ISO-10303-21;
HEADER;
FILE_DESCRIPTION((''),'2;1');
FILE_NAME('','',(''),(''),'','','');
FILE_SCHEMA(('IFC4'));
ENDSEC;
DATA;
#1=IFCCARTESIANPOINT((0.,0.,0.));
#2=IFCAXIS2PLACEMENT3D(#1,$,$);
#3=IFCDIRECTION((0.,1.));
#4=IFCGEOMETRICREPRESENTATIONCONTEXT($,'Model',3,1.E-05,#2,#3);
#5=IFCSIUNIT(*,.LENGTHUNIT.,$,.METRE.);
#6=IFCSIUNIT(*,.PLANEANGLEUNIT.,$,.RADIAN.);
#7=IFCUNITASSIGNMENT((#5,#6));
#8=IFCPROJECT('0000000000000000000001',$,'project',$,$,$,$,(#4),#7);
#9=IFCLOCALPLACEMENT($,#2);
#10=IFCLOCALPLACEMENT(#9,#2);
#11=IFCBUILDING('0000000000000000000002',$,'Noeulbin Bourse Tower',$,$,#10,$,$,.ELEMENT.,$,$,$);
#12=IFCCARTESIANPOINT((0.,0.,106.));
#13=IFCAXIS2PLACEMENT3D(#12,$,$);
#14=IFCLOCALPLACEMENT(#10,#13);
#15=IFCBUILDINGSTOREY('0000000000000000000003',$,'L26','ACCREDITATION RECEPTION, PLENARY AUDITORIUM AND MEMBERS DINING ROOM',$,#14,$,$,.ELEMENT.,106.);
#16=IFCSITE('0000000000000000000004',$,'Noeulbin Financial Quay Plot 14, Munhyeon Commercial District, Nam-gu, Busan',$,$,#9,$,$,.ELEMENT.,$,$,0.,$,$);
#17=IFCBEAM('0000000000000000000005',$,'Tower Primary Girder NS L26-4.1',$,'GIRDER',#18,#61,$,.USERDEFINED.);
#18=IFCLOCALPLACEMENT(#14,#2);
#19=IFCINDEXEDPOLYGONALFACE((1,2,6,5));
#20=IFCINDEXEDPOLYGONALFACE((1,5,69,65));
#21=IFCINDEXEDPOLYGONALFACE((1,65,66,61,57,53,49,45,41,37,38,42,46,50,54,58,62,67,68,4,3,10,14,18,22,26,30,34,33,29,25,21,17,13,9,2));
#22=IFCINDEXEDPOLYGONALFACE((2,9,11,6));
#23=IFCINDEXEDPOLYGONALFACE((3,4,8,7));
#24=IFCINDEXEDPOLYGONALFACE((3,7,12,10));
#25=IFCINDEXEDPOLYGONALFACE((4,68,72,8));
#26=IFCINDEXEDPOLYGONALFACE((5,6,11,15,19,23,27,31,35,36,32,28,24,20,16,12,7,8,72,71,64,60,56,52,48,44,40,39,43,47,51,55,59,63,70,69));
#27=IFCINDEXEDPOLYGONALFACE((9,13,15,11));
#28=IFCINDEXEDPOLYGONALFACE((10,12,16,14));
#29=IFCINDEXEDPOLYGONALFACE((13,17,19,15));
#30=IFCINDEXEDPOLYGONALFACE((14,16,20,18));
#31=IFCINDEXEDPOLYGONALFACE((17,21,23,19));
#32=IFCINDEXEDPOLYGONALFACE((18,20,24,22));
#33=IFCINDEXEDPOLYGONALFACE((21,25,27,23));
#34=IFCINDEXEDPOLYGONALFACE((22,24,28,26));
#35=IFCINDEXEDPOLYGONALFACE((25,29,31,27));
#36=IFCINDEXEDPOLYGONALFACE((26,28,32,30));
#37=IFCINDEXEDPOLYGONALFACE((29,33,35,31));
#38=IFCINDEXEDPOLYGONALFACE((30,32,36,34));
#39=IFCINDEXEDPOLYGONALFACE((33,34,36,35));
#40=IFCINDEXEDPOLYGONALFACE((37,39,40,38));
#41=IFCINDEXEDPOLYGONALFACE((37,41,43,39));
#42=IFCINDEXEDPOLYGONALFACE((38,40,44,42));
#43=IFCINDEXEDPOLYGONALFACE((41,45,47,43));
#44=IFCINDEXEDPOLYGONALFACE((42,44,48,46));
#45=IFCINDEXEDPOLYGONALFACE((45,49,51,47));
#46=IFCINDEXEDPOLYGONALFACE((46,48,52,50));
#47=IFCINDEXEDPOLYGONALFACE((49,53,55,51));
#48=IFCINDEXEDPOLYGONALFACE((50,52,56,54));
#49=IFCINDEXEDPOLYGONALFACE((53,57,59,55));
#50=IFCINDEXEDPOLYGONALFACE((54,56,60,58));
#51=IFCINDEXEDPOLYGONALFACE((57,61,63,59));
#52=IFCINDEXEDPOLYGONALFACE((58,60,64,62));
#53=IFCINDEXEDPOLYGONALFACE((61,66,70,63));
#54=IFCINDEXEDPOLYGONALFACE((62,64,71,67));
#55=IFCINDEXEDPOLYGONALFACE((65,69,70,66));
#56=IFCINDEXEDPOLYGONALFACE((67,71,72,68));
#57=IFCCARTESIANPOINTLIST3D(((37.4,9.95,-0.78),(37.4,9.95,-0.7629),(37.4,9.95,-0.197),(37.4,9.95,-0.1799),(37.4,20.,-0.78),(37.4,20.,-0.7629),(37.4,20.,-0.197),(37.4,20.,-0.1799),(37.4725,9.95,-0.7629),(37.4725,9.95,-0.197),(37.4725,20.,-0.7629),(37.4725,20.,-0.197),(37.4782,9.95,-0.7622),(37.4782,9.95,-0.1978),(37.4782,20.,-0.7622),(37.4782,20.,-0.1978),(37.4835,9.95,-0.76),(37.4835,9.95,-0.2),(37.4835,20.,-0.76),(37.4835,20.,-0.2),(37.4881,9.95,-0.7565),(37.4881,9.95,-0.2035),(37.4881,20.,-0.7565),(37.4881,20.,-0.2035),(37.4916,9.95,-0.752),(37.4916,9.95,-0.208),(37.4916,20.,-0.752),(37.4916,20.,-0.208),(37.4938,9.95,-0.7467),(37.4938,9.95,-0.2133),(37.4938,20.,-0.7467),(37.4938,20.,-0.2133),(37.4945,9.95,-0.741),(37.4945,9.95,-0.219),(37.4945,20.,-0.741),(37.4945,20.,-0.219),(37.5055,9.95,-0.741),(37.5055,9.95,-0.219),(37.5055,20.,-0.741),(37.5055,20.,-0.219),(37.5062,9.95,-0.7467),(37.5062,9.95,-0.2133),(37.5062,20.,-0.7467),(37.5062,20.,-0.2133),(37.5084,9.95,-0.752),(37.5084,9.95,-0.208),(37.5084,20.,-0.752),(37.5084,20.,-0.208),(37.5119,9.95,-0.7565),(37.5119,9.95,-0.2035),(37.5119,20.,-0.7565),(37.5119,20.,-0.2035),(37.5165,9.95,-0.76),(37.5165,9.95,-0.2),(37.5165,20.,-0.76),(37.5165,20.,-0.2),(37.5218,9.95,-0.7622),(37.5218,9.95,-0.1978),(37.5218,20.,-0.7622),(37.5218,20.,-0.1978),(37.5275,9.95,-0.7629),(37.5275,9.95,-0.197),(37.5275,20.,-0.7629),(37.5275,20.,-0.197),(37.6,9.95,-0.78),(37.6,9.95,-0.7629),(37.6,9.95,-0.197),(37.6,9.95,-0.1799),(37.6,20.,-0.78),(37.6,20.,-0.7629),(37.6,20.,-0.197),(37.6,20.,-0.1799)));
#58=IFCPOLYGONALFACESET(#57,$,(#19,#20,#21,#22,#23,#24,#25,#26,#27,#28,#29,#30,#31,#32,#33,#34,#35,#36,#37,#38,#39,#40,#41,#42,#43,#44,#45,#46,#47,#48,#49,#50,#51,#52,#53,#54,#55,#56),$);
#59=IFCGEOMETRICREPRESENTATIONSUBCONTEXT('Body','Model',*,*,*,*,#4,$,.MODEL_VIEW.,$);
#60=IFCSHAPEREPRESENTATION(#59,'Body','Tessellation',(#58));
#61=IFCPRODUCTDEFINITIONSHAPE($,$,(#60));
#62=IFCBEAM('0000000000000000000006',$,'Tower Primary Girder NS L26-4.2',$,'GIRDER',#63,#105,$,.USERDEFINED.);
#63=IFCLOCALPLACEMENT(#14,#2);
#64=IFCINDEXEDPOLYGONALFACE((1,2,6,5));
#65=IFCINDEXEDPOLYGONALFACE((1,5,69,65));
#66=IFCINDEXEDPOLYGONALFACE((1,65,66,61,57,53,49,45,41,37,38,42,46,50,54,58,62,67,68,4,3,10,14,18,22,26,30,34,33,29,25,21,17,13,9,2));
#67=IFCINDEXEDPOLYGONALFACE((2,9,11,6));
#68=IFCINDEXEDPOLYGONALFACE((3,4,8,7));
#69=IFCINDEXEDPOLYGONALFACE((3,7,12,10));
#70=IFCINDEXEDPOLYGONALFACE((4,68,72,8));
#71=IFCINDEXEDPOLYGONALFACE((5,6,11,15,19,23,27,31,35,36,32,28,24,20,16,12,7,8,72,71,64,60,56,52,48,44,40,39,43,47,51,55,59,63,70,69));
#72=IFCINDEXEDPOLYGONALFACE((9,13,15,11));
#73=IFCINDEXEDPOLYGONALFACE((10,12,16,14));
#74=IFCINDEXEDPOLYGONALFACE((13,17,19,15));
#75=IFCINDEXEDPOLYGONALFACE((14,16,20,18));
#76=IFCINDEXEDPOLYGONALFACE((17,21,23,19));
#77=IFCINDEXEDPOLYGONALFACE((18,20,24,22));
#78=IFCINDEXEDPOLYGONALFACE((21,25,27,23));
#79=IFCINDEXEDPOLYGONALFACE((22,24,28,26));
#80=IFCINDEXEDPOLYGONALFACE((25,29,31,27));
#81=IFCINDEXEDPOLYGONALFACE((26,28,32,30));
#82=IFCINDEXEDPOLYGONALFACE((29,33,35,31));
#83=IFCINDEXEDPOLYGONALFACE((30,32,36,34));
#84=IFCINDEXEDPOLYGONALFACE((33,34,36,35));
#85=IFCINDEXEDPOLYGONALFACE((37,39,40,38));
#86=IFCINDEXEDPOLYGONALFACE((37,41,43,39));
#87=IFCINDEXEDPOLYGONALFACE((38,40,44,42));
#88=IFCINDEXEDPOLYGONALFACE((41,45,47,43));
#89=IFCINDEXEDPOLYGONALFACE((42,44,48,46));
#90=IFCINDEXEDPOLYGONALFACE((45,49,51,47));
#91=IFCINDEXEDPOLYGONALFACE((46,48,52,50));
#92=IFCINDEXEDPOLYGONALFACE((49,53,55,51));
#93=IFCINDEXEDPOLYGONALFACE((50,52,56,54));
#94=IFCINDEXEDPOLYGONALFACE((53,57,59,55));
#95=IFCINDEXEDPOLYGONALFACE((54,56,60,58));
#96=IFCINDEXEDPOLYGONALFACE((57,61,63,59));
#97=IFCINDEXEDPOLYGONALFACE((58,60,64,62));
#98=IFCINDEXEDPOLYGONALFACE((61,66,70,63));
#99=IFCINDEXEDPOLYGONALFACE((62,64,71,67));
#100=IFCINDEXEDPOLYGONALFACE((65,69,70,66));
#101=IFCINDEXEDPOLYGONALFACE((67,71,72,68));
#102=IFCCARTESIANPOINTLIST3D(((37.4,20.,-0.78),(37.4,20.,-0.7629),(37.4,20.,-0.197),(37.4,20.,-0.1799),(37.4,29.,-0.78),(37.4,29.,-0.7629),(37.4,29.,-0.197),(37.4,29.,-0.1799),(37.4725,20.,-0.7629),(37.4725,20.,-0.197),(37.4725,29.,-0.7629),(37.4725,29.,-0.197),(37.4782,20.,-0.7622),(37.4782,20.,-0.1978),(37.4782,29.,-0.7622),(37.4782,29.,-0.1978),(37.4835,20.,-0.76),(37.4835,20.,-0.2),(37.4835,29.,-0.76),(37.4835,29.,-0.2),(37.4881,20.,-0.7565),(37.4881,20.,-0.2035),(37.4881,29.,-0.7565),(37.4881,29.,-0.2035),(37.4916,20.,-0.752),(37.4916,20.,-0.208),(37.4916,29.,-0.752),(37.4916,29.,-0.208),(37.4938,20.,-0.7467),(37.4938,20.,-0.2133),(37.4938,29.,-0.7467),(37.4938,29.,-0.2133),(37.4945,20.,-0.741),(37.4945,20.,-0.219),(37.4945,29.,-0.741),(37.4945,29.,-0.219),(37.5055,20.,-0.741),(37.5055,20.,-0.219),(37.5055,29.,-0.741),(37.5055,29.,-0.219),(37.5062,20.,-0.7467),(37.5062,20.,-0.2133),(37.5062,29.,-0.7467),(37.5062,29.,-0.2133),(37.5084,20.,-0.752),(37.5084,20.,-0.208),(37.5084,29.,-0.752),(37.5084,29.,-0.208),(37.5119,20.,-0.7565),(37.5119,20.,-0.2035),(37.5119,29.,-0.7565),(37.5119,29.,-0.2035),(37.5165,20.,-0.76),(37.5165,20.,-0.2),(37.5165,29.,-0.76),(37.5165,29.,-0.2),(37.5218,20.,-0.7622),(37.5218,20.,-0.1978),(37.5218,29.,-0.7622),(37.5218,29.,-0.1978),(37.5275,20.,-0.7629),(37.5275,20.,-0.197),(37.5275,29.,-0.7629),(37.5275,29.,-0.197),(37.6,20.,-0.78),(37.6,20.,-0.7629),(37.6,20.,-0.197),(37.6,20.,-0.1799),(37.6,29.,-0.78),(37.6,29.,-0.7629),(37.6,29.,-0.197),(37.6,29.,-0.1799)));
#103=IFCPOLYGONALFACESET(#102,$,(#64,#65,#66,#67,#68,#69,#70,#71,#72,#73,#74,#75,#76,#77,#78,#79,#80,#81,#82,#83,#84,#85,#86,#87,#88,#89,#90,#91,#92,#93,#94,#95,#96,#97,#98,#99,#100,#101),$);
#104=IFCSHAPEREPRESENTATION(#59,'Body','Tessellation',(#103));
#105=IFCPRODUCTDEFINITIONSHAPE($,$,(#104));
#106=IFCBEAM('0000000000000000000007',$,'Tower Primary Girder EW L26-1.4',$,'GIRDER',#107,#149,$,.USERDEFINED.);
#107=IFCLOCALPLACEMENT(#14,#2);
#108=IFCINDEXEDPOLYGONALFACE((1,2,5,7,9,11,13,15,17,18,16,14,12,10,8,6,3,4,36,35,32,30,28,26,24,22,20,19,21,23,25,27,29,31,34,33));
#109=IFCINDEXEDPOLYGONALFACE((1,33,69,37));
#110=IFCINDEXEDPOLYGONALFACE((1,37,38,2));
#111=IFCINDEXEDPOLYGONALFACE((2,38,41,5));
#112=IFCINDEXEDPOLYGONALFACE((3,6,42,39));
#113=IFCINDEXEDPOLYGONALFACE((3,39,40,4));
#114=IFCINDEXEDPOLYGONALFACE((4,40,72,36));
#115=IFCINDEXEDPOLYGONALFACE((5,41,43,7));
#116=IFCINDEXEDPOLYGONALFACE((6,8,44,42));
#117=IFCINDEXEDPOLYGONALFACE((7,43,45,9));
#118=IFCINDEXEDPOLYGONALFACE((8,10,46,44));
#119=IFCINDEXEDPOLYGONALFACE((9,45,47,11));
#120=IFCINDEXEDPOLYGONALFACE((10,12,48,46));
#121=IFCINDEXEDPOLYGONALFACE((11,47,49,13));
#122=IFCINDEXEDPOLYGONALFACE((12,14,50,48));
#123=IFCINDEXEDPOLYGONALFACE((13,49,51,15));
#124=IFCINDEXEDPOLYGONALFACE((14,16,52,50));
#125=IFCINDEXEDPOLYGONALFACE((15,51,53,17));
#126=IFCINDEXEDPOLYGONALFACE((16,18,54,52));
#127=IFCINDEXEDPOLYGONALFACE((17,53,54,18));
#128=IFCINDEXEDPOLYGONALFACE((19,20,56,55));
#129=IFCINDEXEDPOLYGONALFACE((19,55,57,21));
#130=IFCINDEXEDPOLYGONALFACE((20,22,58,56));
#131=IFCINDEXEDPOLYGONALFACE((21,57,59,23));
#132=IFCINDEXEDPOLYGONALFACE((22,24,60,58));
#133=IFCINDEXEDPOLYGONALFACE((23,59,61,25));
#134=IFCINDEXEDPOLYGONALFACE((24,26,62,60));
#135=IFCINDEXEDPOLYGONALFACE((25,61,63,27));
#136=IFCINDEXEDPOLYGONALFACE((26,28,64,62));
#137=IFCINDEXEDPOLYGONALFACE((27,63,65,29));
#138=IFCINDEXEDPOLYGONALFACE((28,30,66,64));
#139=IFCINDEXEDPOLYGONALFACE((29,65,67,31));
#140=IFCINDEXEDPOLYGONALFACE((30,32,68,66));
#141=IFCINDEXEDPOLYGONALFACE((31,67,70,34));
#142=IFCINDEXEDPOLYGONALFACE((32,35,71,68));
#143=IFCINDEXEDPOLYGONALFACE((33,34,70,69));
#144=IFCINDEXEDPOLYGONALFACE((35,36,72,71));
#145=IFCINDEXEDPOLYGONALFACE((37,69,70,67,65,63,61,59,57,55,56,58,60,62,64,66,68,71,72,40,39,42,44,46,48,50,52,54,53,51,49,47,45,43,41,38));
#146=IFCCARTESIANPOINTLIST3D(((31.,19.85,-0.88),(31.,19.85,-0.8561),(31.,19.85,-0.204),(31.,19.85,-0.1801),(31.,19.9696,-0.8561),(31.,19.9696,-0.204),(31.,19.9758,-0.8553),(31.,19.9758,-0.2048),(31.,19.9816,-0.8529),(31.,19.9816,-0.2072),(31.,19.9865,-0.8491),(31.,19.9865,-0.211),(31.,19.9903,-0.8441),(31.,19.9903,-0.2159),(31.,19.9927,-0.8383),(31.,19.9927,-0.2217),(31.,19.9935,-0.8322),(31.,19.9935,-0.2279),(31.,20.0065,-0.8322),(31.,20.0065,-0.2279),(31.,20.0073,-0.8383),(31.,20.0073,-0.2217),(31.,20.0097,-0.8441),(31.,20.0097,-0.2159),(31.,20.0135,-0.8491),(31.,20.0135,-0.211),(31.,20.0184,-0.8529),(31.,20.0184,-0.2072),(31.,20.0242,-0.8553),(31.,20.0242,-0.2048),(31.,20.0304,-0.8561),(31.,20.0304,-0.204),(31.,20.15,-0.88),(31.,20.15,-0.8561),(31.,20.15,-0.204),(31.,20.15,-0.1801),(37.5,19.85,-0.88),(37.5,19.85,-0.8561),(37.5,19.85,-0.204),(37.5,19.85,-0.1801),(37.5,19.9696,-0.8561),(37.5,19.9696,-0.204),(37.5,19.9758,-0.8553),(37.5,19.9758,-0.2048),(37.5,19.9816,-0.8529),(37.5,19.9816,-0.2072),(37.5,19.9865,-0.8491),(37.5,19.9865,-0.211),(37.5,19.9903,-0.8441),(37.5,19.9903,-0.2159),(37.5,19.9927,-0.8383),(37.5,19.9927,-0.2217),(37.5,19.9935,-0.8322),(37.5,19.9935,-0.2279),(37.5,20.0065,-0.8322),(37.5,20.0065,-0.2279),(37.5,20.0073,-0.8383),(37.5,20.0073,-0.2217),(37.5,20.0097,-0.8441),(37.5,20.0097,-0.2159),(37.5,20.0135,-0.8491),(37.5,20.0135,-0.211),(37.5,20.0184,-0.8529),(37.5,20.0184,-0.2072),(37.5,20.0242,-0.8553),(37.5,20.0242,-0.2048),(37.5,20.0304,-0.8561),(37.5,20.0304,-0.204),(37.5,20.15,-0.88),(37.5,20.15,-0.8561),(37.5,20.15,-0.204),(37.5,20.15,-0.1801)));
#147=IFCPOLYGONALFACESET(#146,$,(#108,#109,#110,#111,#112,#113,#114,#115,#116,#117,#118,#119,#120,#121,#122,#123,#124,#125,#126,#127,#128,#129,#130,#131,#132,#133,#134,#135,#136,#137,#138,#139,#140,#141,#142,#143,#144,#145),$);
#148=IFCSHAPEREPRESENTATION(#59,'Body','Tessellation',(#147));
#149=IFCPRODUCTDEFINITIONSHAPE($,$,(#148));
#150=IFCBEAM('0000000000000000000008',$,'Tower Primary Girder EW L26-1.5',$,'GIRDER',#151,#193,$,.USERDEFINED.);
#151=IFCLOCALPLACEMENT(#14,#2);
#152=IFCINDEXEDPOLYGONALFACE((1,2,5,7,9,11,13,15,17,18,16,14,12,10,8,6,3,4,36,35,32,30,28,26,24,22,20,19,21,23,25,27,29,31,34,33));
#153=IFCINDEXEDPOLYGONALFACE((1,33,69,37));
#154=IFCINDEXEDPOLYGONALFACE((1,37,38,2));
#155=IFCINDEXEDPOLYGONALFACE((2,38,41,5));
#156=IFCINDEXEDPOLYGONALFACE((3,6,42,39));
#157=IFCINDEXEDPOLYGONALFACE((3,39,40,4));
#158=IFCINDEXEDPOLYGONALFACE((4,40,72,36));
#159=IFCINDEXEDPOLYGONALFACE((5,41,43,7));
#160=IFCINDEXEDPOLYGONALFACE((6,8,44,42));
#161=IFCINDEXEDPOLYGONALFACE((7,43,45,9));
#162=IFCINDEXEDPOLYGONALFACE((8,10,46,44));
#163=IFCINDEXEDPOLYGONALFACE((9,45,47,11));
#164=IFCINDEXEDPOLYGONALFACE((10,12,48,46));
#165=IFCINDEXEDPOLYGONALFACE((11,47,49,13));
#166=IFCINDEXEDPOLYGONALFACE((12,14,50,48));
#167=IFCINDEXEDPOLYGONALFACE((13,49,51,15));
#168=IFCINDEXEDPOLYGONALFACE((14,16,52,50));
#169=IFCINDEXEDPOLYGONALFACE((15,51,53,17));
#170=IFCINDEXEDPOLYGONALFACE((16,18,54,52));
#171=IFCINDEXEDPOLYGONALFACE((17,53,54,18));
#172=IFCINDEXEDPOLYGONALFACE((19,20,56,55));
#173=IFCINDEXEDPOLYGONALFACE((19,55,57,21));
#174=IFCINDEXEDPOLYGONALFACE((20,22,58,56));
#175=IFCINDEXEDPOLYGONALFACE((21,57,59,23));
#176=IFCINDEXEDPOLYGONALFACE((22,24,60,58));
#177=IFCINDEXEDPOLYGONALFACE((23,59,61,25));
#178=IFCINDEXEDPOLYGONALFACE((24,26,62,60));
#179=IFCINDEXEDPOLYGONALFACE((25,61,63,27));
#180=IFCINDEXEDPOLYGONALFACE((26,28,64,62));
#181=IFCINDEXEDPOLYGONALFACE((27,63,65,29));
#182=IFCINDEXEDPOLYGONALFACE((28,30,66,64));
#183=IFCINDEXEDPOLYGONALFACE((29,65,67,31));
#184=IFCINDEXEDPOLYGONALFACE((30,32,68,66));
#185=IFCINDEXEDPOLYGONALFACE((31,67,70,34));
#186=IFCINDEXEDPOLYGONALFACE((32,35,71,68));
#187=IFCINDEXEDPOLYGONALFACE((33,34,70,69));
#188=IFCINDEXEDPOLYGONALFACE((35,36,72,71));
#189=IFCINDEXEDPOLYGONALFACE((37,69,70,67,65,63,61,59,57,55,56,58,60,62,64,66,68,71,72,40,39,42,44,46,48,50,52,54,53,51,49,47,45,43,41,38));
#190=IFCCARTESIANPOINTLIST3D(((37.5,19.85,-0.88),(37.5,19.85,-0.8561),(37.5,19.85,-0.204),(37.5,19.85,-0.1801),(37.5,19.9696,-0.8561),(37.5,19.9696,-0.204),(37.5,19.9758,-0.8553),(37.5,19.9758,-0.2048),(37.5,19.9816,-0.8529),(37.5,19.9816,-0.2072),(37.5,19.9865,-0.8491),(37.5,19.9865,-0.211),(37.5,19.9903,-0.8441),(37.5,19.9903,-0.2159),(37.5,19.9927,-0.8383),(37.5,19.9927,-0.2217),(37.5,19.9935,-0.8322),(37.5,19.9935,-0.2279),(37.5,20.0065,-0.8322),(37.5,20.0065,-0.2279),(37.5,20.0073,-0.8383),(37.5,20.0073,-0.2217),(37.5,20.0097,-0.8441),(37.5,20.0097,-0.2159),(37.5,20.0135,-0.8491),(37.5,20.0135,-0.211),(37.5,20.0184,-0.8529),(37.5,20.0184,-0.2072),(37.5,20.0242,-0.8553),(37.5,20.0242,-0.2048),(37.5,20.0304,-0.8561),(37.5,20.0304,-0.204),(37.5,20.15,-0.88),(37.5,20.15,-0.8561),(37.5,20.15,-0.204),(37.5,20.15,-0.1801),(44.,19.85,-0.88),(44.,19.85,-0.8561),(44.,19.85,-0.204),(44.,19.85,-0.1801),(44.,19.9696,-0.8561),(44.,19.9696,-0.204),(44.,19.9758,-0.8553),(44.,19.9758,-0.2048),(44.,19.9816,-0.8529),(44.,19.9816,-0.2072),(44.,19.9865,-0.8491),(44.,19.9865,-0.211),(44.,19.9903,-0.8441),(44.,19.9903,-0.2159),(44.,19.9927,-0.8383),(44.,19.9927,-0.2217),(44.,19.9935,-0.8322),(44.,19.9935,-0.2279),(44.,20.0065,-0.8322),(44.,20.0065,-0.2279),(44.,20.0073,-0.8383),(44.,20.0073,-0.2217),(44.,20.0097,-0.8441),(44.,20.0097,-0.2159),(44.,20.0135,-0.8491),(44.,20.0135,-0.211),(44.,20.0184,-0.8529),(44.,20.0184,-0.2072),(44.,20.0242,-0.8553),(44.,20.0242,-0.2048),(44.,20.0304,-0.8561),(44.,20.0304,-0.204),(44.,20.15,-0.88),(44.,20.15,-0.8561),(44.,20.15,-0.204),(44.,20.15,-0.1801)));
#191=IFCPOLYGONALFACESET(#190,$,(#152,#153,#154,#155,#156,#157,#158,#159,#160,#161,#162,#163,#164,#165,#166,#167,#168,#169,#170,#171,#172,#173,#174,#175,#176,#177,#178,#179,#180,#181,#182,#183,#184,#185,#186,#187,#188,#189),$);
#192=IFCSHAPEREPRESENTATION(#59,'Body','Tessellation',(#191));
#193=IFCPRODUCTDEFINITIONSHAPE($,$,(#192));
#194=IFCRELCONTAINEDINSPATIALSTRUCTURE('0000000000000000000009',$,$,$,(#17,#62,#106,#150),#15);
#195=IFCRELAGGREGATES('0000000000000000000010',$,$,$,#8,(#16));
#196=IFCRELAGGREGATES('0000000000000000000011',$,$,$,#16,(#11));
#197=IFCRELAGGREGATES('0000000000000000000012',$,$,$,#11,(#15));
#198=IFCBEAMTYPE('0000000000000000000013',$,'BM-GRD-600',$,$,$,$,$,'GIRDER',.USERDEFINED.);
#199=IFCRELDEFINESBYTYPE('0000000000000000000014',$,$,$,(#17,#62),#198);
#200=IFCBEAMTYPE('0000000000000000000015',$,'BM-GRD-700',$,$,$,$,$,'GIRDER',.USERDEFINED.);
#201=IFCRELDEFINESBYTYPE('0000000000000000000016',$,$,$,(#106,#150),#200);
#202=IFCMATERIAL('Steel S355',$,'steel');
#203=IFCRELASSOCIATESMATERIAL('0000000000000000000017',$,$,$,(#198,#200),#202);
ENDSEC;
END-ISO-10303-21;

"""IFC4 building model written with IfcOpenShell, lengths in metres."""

from ifc_helpers import new_model, si_unit, direction, frame, origin, origin_2d, place, context, subcontext, project, spatial, i_section, extrude, material, material_profile, profile_set, type_object, element, save


model = new_model("IFC4")

# Units and contexts
model_context = context("Model", 3, precision=1e-05, world=origin(), true_north=direction((0.0, 1.0)))
body_context = subcontext(model_context, "Body", "Model", "MODEL_VIEW")
ifc_project = project(units=[si_unit("LENGTHUNIT", "METRE"), si_unit("PLANEANGLEUNIT", "RADIAN")], contexts=[model_context])

# Site, building, storey
site_placement = place(None, origin())
site = spatial("IfcSite", under=ifc_project, at=site_placement, Name="Noeulbin Financial Quay Plot 14, Munhyeon Commercial District, Nam-gu, Busan", CompositionType="ELEMENT", RefElevation=0.0)
building_placement = place(site_placement, origin())
building = spatial("IfcBuilding", under=site, at=building_placement, Name="Noeulbin Bourse Tower", CompositionType="ELEMENT")
storey_placement = place(building_placement, frame((0.0, 0.0, 106.0)))
storey = spatial("IfcBuildingStorey", under=building, at=storey_placement, Name="L26", Description="ACCREDITATION RECEPTION, PLENARY AUDITORIUM AND MEMBERS DINING ROOM", CompositionType="ELEMENT", Elevation=106.0)

# Beams
ifc_material_1 = material(Name="Steel S355", Category="steel")
ifc_material_profile_1 = material_profile(ifc_material_1, i_section(OverallWidth=0.2, OverallDepth=0.6001, WebThickness=0.011, FlangeThickness=0.0171, FilletRadius=0.022, at=origin_2d()), Name="H-600x200x11x17", Category="LoadBearing")
ifc_profile_set_1 = profile_set([ifc_material_profile_1], Name="Steel S355")
beam_type_1 = type_object("IfcBeamType", Name="BM-GRD-600", ElementType="GIRDER", PredefinedType="USERDEFINED", material=ifc_profile_set_1)
beam_1_placement = place(storey_placement, frame((37.5, 9.95, -0.48), z_axis=(0.0, 1.0, 0.0), x_axis=(-1.0, 0.0, 0.0)))
element("IfcBeam", 1, at=beam_1_placement, inside=storey, type_object=beam_type_1, Name="Tower Primary Girder NS L26-4.1", ObjectType="GIRDER", PredefinedType="USERDEFINED", context=body_context, shape_type="SweptSolid", body=[
    extrude(i_section(OverallWidth=0.2, OverallDepth=0.6001, WebThickness=0.011, FlangeThickness=0.0171, FilletRadius=0.022, at=origin_2d()), origin(), (0.0, 0.0, 1.0), 10.05),
])
beam_2_placement = place(storey_placement, frame((37.5, 20.0, -0.48), z_axis=(0.0, 1.0, 0.0), x_axis=(-1.0, 0.0, 0.0)))
element("IfcBeam", 2, at=beam_2_placement, inside=storey, type_object=beam_type_1, Name="Tower Primary Girder NS L26-4.2", ObjectType="GIRDER", PredefinedType="USERDEFINED", context=body_context, shape_type="SweptSolid", body=[
    extrude(i_section(OverallWidth=0.2, OverallDepth=0.6001, WebThickness=0.011, FlangeThickness=0.0171, FilletRadius=0.022, at=origin_2d()), origin(), (0.0, 0.0, 1.0), 9.0),
])
ifc_material_profile_2 = material_profile(ifc_material_1, i_section(OverallWidth=0.3, OverallDepth=0.7, WebThickness=0.0129, FlangeThickness=0.0239, FilletRadius=0.0239, at=origin_2d()), Name="H-700x300x13x24", Category="LoadBearing")
ifc_profile_set_2 = profile_set([ifc_material_profile_2], Name="Steel S355")
beam_type_2 = type_object("IfcBeamType", Name="BM-GRD-700", ElementType="GIRDER", PredefinedType="USERDEFINED", material=ifc_profile_set_2)
for number, where, z_axis, x_axis, name in (
    (3, (31.0, 20.0, -0.53), (1.0, 0.0, 0.0), (0.0, 1.0, 0.0), "Tower Primary Girder EW L26-1.4"),
    (4, (37.5, 20.0, -0.53), (1.0, 0.0, 0.0), (0.0, 1.0, 0.0), "Tower Primary Girder EW L26-1.5"),
):
    element("IfcBeam", number, at=place(storey_placement, frame(where, z_axis=z_axis, x_axis=x_axis)), inside=storey, type_object=beam_type_2, Name=name, ObjectType="GIRDER", PredefinedType="USERDEFINED", context=body_context, shape_type="SweptSolid", body=[
        extrude(i_section(OverallWidth=0.3, OverallDepth=0.7, WebThickness=0.0129, FlangeThickness=0.0239, FilletRadius=0.0239, at=origin_2d()), origin(), (0.0, 0.0, 1.0), 6.5),
    ])

save(model, "model.ifc")
